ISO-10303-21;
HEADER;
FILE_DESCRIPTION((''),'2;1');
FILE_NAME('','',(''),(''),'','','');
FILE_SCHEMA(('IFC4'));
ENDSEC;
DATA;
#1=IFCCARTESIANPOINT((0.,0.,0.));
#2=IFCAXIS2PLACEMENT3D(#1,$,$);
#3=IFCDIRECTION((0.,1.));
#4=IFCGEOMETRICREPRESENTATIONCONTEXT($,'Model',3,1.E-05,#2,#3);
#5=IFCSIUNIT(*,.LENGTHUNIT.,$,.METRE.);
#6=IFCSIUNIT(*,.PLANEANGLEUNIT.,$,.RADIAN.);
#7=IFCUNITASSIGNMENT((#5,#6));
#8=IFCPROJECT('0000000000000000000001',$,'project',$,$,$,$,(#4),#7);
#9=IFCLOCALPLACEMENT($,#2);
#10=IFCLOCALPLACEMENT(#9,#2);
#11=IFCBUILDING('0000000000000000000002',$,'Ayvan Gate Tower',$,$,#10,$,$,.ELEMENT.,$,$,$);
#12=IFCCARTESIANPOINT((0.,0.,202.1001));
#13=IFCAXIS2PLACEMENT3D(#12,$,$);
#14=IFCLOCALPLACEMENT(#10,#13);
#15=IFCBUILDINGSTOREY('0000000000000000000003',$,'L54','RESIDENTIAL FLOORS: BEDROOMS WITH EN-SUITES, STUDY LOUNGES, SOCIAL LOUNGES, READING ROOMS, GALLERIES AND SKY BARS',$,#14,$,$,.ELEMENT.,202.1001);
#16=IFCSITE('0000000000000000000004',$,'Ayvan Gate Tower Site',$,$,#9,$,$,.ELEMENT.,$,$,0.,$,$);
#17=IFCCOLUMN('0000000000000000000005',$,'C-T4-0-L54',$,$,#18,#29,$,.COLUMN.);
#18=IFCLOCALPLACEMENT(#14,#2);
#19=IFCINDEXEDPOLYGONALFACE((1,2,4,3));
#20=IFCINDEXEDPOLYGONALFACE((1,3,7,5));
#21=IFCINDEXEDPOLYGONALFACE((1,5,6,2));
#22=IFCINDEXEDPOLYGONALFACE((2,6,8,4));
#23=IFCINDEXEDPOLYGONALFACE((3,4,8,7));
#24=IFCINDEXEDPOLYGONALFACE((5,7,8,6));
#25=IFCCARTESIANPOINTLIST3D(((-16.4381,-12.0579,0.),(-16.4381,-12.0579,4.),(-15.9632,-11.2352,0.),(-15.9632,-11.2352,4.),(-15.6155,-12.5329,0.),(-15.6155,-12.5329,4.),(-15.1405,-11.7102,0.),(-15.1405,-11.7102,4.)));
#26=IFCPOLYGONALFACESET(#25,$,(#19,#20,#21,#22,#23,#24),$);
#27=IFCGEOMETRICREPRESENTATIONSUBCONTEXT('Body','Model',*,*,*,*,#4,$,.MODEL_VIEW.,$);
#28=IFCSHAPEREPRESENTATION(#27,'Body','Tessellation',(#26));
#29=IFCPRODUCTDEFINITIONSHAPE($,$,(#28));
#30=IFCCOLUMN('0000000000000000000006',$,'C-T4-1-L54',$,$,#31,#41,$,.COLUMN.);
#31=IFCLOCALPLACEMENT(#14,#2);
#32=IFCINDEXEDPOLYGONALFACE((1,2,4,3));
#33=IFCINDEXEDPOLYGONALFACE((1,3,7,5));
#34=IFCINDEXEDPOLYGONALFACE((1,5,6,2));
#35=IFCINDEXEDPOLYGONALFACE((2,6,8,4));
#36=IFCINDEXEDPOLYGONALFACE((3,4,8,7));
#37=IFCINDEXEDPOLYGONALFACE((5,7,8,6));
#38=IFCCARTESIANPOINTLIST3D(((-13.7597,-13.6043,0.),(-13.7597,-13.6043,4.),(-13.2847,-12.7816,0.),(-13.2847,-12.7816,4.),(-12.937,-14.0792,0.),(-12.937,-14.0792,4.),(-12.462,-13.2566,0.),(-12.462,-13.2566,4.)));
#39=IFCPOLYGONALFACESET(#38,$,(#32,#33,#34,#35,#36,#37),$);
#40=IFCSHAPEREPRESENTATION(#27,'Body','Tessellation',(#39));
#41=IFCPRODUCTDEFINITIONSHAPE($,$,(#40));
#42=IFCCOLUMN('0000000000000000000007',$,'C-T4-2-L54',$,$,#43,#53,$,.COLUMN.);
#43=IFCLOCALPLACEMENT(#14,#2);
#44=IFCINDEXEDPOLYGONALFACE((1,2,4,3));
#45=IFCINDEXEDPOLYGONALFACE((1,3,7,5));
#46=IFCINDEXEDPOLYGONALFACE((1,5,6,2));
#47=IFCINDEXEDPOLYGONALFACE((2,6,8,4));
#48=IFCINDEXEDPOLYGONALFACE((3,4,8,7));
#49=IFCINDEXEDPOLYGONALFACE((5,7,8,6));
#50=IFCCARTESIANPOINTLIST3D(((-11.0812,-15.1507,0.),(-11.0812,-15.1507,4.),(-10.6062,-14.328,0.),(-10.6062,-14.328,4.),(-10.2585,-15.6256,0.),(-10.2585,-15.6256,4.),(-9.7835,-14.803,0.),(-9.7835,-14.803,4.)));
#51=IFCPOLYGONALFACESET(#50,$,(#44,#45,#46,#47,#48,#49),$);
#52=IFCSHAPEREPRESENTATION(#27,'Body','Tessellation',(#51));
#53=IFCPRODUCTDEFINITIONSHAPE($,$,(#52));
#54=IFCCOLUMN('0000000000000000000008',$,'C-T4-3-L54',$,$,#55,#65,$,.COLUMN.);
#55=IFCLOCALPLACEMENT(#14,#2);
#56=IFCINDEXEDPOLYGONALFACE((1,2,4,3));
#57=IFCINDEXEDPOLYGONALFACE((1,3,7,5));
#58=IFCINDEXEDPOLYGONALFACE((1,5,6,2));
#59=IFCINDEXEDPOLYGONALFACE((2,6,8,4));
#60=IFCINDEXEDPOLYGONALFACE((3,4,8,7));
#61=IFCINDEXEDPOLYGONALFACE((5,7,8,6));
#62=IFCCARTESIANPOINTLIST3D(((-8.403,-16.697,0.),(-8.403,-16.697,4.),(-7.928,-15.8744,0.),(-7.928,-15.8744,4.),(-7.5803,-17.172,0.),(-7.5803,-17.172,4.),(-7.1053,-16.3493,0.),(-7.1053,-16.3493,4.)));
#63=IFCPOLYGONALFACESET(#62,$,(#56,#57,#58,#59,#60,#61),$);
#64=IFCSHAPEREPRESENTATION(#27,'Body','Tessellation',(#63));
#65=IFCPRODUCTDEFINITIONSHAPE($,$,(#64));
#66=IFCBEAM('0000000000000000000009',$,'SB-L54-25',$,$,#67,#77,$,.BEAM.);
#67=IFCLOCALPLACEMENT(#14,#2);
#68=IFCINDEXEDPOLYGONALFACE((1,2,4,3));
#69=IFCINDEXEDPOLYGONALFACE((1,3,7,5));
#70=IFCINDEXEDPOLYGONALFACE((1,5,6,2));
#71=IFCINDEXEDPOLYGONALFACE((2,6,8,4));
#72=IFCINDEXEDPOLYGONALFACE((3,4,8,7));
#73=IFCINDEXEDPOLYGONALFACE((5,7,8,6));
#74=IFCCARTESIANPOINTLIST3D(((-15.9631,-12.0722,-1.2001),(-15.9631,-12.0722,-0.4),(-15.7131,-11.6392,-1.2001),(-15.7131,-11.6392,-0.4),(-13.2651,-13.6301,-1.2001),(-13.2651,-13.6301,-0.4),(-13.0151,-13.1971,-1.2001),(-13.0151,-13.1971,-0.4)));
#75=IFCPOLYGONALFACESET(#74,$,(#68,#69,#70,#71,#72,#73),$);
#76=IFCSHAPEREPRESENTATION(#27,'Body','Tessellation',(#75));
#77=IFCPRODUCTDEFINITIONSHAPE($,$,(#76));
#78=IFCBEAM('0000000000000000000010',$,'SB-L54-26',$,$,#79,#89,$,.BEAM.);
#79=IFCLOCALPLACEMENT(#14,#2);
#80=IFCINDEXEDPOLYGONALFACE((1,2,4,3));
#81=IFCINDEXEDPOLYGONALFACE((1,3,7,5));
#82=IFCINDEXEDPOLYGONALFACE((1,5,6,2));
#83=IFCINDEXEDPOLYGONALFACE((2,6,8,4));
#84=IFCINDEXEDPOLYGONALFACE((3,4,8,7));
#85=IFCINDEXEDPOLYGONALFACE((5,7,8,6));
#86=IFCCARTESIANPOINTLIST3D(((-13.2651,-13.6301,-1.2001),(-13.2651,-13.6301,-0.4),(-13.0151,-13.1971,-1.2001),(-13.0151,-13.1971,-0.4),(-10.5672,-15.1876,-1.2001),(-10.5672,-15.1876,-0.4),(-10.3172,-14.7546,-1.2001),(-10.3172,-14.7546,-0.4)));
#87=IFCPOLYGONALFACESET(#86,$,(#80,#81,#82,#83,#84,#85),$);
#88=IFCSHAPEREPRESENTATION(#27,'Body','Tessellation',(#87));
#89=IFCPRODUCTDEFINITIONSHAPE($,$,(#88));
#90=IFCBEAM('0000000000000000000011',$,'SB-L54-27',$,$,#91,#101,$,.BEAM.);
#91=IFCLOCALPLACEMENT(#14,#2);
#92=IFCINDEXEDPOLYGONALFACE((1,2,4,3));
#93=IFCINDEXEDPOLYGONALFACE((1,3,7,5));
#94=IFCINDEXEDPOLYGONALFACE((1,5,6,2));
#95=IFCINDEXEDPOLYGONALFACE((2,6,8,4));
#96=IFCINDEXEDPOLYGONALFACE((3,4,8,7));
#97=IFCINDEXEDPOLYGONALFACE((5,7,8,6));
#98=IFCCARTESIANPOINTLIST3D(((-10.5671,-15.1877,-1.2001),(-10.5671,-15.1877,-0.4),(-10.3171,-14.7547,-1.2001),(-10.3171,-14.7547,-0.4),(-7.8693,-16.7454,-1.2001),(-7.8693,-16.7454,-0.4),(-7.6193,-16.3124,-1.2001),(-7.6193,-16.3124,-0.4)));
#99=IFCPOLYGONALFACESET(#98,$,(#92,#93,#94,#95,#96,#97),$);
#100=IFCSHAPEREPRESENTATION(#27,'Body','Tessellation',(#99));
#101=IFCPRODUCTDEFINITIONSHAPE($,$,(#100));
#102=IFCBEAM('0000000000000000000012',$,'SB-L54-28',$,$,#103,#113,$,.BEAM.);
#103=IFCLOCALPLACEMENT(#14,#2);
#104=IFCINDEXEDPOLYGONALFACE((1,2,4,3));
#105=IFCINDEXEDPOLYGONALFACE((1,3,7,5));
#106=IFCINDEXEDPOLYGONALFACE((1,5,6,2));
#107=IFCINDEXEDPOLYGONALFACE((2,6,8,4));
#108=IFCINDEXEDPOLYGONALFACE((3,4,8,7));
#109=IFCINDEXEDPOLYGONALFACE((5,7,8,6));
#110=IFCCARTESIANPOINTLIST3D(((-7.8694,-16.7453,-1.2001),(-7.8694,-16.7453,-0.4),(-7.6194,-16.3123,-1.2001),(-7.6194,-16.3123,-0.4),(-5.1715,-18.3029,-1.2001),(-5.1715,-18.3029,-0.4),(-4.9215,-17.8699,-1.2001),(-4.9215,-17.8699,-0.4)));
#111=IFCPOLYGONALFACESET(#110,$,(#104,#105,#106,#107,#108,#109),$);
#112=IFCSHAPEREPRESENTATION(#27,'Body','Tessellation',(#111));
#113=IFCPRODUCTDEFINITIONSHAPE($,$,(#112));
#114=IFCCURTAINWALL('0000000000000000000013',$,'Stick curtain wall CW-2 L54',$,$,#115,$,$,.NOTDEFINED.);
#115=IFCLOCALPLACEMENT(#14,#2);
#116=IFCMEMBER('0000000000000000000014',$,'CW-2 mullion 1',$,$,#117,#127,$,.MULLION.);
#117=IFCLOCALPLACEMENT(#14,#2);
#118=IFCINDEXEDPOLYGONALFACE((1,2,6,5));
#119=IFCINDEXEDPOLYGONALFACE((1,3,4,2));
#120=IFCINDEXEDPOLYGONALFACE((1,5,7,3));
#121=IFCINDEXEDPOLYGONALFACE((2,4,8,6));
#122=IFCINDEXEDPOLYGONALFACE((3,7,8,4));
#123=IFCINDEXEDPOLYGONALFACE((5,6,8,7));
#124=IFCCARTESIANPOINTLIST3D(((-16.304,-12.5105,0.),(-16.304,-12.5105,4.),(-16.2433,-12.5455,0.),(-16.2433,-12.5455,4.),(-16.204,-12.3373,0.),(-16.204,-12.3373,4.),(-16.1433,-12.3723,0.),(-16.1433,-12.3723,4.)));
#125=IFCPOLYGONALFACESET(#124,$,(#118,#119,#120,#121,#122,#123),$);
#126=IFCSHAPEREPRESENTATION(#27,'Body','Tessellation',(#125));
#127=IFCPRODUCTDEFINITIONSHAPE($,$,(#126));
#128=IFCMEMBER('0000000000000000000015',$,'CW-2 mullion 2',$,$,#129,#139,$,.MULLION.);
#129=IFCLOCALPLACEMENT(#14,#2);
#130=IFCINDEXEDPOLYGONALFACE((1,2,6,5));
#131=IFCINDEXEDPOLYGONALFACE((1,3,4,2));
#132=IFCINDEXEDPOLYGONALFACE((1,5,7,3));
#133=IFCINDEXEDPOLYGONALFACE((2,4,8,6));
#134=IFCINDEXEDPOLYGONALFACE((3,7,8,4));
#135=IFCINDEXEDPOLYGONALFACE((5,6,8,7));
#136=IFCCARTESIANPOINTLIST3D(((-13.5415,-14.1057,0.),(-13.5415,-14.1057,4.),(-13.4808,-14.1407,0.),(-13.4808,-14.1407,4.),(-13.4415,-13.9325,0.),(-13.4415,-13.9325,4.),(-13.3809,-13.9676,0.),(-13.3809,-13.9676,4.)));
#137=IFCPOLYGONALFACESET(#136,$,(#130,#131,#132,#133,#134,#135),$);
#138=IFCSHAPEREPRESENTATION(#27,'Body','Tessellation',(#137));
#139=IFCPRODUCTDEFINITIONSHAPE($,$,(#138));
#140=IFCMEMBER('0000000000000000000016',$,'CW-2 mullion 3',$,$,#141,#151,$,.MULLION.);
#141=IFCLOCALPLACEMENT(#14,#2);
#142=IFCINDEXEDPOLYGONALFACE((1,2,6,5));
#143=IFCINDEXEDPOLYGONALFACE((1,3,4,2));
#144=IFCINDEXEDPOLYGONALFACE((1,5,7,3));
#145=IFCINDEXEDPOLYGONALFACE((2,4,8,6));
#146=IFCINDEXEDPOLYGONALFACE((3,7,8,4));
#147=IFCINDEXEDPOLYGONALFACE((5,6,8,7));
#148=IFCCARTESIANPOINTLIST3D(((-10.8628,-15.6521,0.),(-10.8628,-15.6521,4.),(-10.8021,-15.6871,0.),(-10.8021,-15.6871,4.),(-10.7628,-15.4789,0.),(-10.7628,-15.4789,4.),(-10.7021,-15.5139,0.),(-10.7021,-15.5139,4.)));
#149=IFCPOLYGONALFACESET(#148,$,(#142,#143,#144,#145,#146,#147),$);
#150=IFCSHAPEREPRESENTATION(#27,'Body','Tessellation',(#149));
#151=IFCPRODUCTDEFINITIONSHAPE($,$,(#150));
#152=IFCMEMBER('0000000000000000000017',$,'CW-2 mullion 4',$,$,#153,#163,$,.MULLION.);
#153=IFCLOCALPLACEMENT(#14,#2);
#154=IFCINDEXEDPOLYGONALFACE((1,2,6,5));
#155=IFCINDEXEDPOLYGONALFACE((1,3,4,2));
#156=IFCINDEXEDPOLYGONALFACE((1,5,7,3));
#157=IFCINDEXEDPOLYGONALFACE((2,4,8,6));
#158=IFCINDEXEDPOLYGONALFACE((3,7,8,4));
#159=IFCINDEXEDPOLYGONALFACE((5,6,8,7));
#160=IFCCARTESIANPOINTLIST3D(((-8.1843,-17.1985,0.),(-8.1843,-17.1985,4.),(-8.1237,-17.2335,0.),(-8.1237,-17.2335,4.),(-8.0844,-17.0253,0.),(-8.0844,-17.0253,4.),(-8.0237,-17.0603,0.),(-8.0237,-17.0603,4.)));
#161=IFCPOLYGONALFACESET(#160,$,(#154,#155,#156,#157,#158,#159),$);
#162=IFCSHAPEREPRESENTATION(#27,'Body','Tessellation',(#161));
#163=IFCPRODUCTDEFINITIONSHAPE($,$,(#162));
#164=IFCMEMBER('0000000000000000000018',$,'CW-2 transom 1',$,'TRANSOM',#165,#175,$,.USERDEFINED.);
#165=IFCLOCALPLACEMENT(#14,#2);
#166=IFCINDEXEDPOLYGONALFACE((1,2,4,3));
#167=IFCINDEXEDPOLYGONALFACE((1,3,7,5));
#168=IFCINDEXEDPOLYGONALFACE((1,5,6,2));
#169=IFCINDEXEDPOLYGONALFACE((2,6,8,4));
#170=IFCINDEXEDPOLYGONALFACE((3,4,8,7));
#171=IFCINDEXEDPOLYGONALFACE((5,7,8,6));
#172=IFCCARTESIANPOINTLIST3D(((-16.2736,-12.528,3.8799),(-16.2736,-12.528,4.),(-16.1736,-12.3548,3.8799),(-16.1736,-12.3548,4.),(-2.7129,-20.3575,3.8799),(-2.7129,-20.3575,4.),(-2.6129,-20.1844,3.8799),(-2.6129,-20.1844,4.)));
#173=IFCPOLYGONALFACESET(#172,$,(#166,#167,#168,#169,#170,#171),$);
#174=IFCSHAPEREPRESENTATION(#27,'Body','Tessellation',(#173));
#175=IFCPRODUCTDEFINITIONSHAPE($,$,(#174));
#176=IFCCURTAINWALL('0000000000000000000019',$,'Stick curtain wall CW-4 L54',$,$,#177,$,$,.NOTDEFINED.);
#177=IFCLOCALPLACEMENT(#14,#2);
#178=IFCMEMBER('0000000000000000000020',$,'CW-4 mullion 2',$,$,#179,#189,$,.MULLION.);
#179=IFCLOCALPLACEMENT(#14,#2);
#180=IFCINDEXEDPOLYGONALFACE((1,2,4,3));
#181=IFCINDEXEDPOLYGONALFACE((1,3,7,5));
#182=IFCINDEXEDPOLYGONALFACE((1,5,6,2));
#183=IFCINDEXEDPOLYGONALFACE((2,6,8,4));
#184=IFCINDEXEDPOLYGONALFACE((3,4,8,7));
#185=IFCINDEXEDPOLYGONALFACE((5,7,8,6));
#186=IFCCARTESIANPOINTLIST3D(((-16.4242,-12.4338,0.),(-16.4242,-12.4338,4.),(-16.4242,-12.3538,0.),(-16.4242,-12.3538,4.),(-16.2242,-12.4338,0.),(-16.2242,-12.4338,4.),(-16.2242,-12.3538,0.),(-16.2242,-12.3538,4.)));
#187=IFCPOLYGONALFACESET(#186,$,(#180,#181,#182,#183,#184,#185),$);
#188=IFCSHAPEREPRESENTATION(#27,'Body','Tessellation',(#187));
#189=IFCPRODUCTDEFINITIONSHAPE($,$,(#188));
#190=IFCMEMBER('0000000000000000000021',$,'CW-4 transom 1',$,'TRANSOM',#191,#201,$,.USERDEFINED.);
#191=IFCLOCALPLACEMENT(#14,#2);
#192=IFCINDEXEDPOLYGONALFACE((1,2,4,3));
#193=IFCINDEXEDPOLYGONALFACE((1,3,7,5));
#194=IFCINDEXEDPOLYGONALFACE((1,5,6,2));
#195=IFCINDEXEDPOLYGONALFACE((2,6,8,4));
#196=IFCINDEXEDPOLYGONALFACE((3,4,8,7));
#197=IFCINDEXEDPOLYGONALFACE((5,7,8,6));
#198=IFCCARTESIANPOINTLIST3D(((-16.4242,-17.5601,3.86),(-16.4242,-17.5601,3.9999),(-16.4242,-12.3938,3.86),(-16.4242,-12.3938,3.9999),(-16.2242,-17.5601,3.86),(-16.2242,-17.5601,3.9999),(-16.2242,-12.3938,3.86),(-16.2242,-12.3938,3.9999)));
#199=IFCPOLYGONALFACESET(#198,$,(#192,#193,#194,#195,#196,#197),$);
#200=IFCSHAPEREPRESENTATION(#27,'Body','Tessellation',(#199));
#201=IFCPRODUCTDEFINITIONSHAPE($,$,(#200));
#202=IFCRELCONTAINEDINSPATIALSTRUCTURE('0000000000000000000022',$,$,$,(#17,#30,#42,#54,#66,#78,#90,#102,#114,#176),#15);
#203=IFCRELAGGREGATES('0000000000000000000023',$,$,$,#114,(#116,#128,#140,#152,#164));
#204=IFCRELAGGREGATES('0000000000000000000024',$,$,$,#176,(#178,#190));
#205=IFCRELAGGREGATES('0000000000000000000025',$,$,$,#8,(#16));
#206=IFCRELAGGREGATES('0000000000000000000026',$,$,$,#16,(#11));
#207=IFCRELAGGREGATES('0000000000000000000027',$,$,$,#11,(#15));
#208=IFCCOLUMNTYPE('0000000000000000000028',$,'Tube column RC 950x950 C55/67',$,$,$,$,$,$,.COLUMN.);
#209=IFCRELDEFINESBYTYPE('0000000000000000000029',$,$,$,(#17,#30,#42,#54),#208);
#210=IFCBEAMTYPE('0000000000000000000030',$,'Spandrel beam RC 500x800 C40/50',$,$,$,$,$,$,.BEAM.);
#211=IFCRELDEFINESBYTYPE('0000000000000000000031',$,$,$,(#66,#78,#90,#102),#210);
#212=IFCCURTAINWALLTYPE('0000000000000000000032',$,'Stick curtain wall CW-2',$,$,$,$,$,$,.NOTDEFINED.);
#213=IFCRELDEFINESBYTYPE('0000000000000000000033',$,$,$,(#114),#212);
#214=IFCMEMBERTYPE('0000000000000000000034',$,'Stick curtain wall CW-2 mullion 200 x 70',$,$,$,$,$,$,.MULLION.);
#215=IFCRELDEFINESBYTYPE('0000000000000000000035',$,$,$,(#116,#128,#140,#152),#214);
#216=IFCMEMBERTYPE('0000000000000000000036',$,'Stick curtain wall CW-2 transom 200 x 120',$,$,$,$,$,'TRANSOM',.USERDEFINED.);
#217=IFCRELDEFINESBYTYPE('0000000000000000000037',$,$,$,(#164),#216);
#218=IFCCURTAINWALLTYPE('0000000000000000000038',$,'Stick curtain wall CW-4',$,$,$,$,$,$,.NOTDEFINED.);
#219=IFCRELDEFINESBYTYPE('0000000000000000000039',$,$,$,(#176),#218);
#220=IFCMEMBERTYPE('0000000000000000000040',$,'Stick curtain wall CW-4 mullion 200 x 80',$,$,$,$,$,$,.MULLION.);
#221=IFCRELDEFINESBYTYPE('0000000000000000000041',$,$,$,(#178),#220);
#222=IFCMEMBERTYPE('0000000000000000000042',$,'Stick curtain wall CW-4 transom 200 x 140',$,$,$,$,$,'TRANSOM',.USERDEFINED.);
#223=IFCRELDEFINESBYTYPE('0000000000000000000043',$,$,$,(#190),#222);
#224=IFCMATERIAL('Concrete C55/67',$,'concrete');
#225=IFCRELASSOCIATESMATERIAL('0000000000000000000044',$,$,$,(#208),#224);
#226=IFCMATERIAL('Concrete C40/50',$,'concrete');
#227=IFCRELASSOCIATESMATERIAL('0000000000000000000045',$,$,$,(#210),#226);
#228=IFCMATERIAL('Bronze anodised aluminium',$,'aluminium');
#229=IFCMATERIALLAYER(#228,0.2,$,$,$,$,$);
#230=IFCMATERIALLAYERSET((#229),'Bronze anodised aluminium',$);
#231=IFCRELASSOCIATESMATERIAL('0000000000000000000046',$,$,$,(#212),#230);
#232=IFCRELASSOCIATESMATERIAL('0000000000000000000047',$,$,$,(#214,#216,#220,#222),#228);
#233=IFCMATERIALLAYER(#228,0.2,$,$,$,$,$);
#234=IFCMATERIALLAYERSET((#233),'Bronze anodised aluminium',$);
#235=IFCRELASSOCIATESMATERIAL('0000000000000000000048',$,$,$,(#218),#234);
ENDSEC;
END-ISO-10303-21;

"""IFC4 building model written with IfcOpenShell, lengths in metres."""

from ifc_helpers import new_model, si_unit, direction, frame, origin, origin_2d, place, context, subcontext, project, spatial, rectangle, extrude, material, layer, layer_set, material_profile, profile_set, type_object, element, aggregate, save


model = new_model("IFC4")

# Units and contexts
model_context = context("Model", 3, precision=1e-05, world=origin(), true_north=direction((0.0, 1.0)))
body_context = subcontext(model_context, "Body", "Model", "MODEL_VIEW")
ifc_project = project(units=[si_unit("LENGTHUNIT", "METRE"), si_unit("PLANEANGLEUNIT", "RADIAN")], contexts=[model_context])

# Site, building, storey
site_placement = place(None, origin())
site = spatial("IfcSite", under=ifc_project, at=site_placement, Name="Ayvan Gate Tower Site", CompositionType="ELEMENT", RefElevation=0.0)
building_placement = place(site_placement, origin())
building = spatial("IfcBuilding", under=site, at=building_placement, Name="Ayvan Gate Tower", CompositionType="ELEMENT")
storey_placement = place(building_placement, frame((0.0, 0.0, 202.1001)))
storey = spatial("IfcBuildingStorey", under=building, at=storey_placement, Name="L54", Description="RESIDENTIAL FLOORS: BEDROOMS WITH EN-SUITES, STUDY LOUNGES, SOCIAL LOUNGES, READING ROOMS, GALLERIES AND SKY BARS", CompositionType="ELEMENT", Elevation=202.1001)

# Columns
ifc_material_1 = material(Name="Concrete C55/67", Category="concrete")
ifc_material_profile_1 = material_profile(ifc_material_1, rectangle(XDim=0.95, YDim=0.95, at=origin_2d()), Name="RC 950x950")
ifc_profile_set_1 = profile_set([ifc_material_profile_1], Name="Concrete C55/67")
column_type = type_object("IfcColumnType", Name="Tube column RC 950x950 C55/67", PredefinedType="COLUMN", material=ifc_profile_set_1)
for number, where, z_axis, x_axis, name in (
    (1, (-15.7893, -11.884, 0.0), (0.0, 0.0, 1.0), (-0.5, -0.866025, 0.0), "C-T4-0-L54"),
    (2, (-13.1108, -13.4304, 0.0), (0.0, 0.0, 1.0), (-0.5, -0.866025, 0.0), "C-T4-1-L54"),
    (3, (-10.4324, -14.9768, 0.0), (0.0, 0.0, 1.0), (-0.5, -0.866025, 0.0), "C-T4-2-L54"),
    (4, (-7.7542, -16.5232, 0.0), (0.0, 0.0, 1.0), (-0.5, -0.866025, 0.0), "C-T4-3-L54"),
):
    element("IfcColumn", number, at=place(storey_placement, frame(where, z_axis=z_axis, x_axis=x_axis)), inside=storey, type_object=column_type, Name=name, PredefinedType="COLUMN", context=body_context, shape_type="SweptSolid", body=[
        extrude(rectangle(XDim=0.95, YDim=0.95, at=origin_2d()), origin(), (0.0, 0.0, 1.0), 4.0),
    ])

# Beams
ifc_material_2 = material(Name="Concrete C40/50", Category="concrete")
ifc_material_profile_2 = material_profile(ifc_material_2, rectangle(XDim=0.5, YDim=0.8, at=origin_2d()), Name="RC 500x800")
ifc_profile_set_2 = profile_set([ifc_material_profile_2], Name="Concrete C40/50")
beam_type = type_object("IfcBeamType", Name="Spandrel beam RC 500x800 C40/50", PredefinedType="BEAM", material=ifc_profile_set_2)
beam_placement = place(storey_placement, frame((-15.8381, -11.8557, -0.8), z_axis=(0.866002, -0.500041, 0.0), x_axis=(0.500041, 0.866002, 0.0)))
element("IfcBeam", 5, at=beam_placement, inside=storey, type_object=beam_type, Name="SB-L54-25", PredefinedType="BEAM", context=body_context, shape_type="SweptSolid", body=[
    extrude(rectangle(XDim=0.5, YDim=0.8, at=origin_2d()), origin(), (0.0, 0.0, 1.0), 3.1155),
])
for number, where, z_axis, x_axis, name in (
    (6, (-13.1401, -13.4136, -0.8), (0.866036, -0.499982, 0.0), (0.499982, 0.866036, 0.0), "SB-L54-26"),
    (7, (-10.4421, -14.9712, -0.8), (0.866016, -0.500016, 0.0), (0.500016, 0.866016, 0.0), "SB-L54-27"),
    (8, (-7.7444, -16.5288, -0.8), (0.866036, -0.499982, 0.0), (0.499982, 0.866036, 0.0), "SB-L54-28"),
):
    element("IfcBeam", number, at=place(storey_placement, frame(where, z_axis=z_axis, x_axis=x_axis)), inside=storey, type_object=beam_type, Name=name, PredefinedType="BEAM", context=body_context, shape_type="SweptSolid", body=[
        extrude(rectangle(XDim=0.5, YDim=0.8, at=origin_2d()), origin(), (0.0, 0.0, 1.0), 3.1152),
    ])

# Curtain walls, members
ifc_material_3 = material(Name="Bronze anodised aluminium", Category="aluminium")
ifc_layer_1 = layer(ifc_material_3, 0.2)
ifc_layer_set_1 = layer_set([ifc_layer_1], Name="Bronze anodised aluminium")
curtain_wall_type_1 = type_object("IfcCurtainWallType", Name="Stick curtain wall CW-2", PredefinedType="NOTDEFINED", material=ifc_layer_set_1)
curtain_wall_1_placement = place(storey_placement, origin())
curtain_wall_1 = element("IfcCurtainWall", 9, at=curtain_wall_1_placement, inside=storey, type_object=curtain_wall_type_1, Name="Stick curtain wall CW-2 L54", PredefinedType="NOTDEFINED")
ifc_material_profile_3 = material_profile(ifc_material_3, rectangle(XDim=0.2, YDim=0.0701, at=origin_2d()), Name="Stick curtain wall CW-2 mullion 200 x 70")
ifc_profile_set_3 = profile_set([ifc_material_profile_3], Name="Bronze anodised aluminium")
member_type_1 = type_object("IfcMemberType", Name="Stick curtain wall CW-2 mullion 200 x 70", PredefinedType="MULLION", material=ifc_profile_set_3)
member_1_placement = place(storey_placement, frame((-16.2236, -12.4414, 0.0), z_axis=(0.0, 0.0, 1.0), x_axis=(-0.5, -0.866025, 0.0)))
member_1 = element("IfcMember", 10, at=member_1_placement, type_object=member_type_1, Name="CW-2 mullion 1", PredefinedType="MULLION", context=body_context, shape_type="SweptSolid", body=[
    extrude(rectangle(XDim=0.2, YDim=0.0701, at=origin_2d()), origin(), (0.0, 0.0, 1.0), 4.0),
])
member_2_placement = place(storey_placement, frame((-13.4612, -14.0366, 0.0), z_axis=(0.0, 0.0, 1.0), x_axis=(-0.5, -0.866025, 0.0)))
member_2 = element("IfcMember", 11, at=member_2_placement, type_object=member_type_1, Name="CW-2 mullion 2", PredefinedType="MULLION", context=body_context, shape_type="SweptSolid", body=[
    extrude(rectangle(XDim=0.2, YDim=0.0701, at=origin_2d()), origin(), (0.0, 0.0, 1.0), 4.0),
])
member_3_placement = place(storey_placement, frame((-10.7825, -15.583, 0.0), z_axis=(0.0, 0.0, 1.0), x_axis=(-0.5, -0.866025, 0.0)))
member_3 = element("IfcMember", 12, at=member_3_placement, type_object=member_type_1, Name="CW-2 mullion 3", PredefinedType="MULLION", context=body_context, shape_type="SweptSolid", body=[
    extrude(rectangle(XDim=0.2, YDim=0.0701, at=origin_2d()), origin(), (0.0, 0.0, 1.0), 4.0),
])
member_4_placement = place(storey_placement, frame((-8.104, -17.1294, 0.0), z_axis=(0.0, 0.0, 1.0), x_axis=(-0.5, -0.866025, 0.0)))
member_4 = element("IfcMember", 13, at=member_4_placement, type_object=member_type_1, Name="CW-2 mullion 4", PredefinedType="MULLION", context=body_context, shape_type="SweptSolid", body=[
    extrude(rectangle(XDim=0.2, YDim=0.0701, at=origin_2d()), origin(), (0.0, 0.0, 1.0), 4.0),
])
ifc_material_profile_4 = material_profile(ifc_material_3, rectangle(XDim=0.2, YDim=0.1201, at=origin_2d()), Name="Stick curtain wall CW-2 transom 200 x 120")
ifc_profile_set_4 = profile_set([ifc_material_profile_4], Name="Bronze anodised aluminium")
member_type_2 = type_object("IfcMemberType", Name="Stick curtain wall CW-2 transom 200 x 120", ElementType="TRANSOM", PredefinedType="USERDEFINED", material=ifc_profile_set_4)
member_5_placement = place(storey_placement, frame((-16.2236, -12.4414, 3.9399), z_axis=(0.866018, -0.500013, 0.0), x_axis=(0.500013, 0.866018, 0.0)))
member_5 = element("IfcMember", 14, at=member_5_placement, type_object=member_type_2, Name="CW-2 transom 1", ObjectType="TRANSOM", PredefinedType="USERDEFINED", context=body_context, shape_type="SweptSolid", body=[
    extrude(rectangle(XDim=0.2, YDim=0.1201, at=origin_2d()), origin(), (0.0, 0.0, 1.0), 15.6587),
])
ifc_layer_2 = layer(ifc_material_3, 0.2)
ifc_layer_set_2 = layer_set([ifc_layer_2], Name="Bronze anodised aluminium")
curtain_wall_type_2 = type_object("IfcCurtainWallType", Name="Stick curtain wall CW-4", PredefinedType="NOTDEFINED", material=ifc_layer_set_2)
curtain_wall_2_placement = place(storey_placement, origin())
curtain_wall_2 = element("IfcCurtainWall", 15, at=curtain_wall_2_placement, inside=storey, type_object=curtain_wall_type_2, Name="Stick curtain wall CW-4 L54", PredefinedType="NOTDEFINED")
ifc_material_profile_5 = material_profile(ifc_material_3, rectangle(XDim=0.2, YDim=0.0801, at=origin_2d()), Name="Stick curtain wall CW-4 mullion 200 x 80")
ifc_profile_set_5 = profile_set([ifc_material_profile_5], Name="Bronze anodised aluminium")
member_type_3 = type_object("IfcMemberType", Name="Stick curtain wall CW-4 mullion 200 x 80", PredefinedType="MULLION", material=ifc_profile_set_5)
member_6_placement = place(storey_placement, frame((-16.3242, -12.3938, 0.0), z_axis=(0.0, 0.0, 1.0), x_axis=(1.0, 0.0, 0.0)))
member_6 = element("IfcMember", 16, at=member_6_placement, type_object=member_type_3, Name="CW-4 mullion 2", PredefinedType="MULLION", context=body_context, shape_type="SweptSolid", body=[
    extrude(rectangle(XDim=0.2, YDim=0.0801, at=origin_2d()), origin(), (0.0, 0.0, 1.0), 4.0),
])
ifc_material_profile_6 = material_profile(ifc_material_3, rectangle(XDim=0.2, YDim=0.1399, at=origin_2d()), Name="Stick curtain wall CW-4 transom 200 x 140")
ifc_profile_set_6 = profile_set([ifc_material_profile_6], Name="Bronze anodised aluminium")
member_type_4 = type_object("IfcMemberType", Name="Stick curtain wall CW-4 transom 200 x 140", ElementType="TRANSOM", PredefinedType="USERDEFINED", material=ifc_profile_set_6)
member_7_placement = place(storey_placement, frame((-16.3242, -17.5601, 3.9299), z_axis=(0.0, 1.0, 0.0), x_axis=(-1.0, 0.0, 0.0)))
member_7 = element("IfcMember", 17, at=member_7_placement, type_object=member_type_4, Name="CW-4 transom 1", ObjectType="TRANSOM", PredefinedType="USERDEFINED", context=body_context, shape_type="SweptSolid", body=[
    extrude(rectangle(XDim=0.2, YDim=0.1399, at=origin_2d()), origin(), (0.0, 0.0, 1.0), 5.1663),
])

aggregate(curtain_wall_1, [member_1, member_2, member_3, member_4, member_5])
aggregate(curtain_wall_2, [member_6, member_7])

save(model, "model.ifc")
